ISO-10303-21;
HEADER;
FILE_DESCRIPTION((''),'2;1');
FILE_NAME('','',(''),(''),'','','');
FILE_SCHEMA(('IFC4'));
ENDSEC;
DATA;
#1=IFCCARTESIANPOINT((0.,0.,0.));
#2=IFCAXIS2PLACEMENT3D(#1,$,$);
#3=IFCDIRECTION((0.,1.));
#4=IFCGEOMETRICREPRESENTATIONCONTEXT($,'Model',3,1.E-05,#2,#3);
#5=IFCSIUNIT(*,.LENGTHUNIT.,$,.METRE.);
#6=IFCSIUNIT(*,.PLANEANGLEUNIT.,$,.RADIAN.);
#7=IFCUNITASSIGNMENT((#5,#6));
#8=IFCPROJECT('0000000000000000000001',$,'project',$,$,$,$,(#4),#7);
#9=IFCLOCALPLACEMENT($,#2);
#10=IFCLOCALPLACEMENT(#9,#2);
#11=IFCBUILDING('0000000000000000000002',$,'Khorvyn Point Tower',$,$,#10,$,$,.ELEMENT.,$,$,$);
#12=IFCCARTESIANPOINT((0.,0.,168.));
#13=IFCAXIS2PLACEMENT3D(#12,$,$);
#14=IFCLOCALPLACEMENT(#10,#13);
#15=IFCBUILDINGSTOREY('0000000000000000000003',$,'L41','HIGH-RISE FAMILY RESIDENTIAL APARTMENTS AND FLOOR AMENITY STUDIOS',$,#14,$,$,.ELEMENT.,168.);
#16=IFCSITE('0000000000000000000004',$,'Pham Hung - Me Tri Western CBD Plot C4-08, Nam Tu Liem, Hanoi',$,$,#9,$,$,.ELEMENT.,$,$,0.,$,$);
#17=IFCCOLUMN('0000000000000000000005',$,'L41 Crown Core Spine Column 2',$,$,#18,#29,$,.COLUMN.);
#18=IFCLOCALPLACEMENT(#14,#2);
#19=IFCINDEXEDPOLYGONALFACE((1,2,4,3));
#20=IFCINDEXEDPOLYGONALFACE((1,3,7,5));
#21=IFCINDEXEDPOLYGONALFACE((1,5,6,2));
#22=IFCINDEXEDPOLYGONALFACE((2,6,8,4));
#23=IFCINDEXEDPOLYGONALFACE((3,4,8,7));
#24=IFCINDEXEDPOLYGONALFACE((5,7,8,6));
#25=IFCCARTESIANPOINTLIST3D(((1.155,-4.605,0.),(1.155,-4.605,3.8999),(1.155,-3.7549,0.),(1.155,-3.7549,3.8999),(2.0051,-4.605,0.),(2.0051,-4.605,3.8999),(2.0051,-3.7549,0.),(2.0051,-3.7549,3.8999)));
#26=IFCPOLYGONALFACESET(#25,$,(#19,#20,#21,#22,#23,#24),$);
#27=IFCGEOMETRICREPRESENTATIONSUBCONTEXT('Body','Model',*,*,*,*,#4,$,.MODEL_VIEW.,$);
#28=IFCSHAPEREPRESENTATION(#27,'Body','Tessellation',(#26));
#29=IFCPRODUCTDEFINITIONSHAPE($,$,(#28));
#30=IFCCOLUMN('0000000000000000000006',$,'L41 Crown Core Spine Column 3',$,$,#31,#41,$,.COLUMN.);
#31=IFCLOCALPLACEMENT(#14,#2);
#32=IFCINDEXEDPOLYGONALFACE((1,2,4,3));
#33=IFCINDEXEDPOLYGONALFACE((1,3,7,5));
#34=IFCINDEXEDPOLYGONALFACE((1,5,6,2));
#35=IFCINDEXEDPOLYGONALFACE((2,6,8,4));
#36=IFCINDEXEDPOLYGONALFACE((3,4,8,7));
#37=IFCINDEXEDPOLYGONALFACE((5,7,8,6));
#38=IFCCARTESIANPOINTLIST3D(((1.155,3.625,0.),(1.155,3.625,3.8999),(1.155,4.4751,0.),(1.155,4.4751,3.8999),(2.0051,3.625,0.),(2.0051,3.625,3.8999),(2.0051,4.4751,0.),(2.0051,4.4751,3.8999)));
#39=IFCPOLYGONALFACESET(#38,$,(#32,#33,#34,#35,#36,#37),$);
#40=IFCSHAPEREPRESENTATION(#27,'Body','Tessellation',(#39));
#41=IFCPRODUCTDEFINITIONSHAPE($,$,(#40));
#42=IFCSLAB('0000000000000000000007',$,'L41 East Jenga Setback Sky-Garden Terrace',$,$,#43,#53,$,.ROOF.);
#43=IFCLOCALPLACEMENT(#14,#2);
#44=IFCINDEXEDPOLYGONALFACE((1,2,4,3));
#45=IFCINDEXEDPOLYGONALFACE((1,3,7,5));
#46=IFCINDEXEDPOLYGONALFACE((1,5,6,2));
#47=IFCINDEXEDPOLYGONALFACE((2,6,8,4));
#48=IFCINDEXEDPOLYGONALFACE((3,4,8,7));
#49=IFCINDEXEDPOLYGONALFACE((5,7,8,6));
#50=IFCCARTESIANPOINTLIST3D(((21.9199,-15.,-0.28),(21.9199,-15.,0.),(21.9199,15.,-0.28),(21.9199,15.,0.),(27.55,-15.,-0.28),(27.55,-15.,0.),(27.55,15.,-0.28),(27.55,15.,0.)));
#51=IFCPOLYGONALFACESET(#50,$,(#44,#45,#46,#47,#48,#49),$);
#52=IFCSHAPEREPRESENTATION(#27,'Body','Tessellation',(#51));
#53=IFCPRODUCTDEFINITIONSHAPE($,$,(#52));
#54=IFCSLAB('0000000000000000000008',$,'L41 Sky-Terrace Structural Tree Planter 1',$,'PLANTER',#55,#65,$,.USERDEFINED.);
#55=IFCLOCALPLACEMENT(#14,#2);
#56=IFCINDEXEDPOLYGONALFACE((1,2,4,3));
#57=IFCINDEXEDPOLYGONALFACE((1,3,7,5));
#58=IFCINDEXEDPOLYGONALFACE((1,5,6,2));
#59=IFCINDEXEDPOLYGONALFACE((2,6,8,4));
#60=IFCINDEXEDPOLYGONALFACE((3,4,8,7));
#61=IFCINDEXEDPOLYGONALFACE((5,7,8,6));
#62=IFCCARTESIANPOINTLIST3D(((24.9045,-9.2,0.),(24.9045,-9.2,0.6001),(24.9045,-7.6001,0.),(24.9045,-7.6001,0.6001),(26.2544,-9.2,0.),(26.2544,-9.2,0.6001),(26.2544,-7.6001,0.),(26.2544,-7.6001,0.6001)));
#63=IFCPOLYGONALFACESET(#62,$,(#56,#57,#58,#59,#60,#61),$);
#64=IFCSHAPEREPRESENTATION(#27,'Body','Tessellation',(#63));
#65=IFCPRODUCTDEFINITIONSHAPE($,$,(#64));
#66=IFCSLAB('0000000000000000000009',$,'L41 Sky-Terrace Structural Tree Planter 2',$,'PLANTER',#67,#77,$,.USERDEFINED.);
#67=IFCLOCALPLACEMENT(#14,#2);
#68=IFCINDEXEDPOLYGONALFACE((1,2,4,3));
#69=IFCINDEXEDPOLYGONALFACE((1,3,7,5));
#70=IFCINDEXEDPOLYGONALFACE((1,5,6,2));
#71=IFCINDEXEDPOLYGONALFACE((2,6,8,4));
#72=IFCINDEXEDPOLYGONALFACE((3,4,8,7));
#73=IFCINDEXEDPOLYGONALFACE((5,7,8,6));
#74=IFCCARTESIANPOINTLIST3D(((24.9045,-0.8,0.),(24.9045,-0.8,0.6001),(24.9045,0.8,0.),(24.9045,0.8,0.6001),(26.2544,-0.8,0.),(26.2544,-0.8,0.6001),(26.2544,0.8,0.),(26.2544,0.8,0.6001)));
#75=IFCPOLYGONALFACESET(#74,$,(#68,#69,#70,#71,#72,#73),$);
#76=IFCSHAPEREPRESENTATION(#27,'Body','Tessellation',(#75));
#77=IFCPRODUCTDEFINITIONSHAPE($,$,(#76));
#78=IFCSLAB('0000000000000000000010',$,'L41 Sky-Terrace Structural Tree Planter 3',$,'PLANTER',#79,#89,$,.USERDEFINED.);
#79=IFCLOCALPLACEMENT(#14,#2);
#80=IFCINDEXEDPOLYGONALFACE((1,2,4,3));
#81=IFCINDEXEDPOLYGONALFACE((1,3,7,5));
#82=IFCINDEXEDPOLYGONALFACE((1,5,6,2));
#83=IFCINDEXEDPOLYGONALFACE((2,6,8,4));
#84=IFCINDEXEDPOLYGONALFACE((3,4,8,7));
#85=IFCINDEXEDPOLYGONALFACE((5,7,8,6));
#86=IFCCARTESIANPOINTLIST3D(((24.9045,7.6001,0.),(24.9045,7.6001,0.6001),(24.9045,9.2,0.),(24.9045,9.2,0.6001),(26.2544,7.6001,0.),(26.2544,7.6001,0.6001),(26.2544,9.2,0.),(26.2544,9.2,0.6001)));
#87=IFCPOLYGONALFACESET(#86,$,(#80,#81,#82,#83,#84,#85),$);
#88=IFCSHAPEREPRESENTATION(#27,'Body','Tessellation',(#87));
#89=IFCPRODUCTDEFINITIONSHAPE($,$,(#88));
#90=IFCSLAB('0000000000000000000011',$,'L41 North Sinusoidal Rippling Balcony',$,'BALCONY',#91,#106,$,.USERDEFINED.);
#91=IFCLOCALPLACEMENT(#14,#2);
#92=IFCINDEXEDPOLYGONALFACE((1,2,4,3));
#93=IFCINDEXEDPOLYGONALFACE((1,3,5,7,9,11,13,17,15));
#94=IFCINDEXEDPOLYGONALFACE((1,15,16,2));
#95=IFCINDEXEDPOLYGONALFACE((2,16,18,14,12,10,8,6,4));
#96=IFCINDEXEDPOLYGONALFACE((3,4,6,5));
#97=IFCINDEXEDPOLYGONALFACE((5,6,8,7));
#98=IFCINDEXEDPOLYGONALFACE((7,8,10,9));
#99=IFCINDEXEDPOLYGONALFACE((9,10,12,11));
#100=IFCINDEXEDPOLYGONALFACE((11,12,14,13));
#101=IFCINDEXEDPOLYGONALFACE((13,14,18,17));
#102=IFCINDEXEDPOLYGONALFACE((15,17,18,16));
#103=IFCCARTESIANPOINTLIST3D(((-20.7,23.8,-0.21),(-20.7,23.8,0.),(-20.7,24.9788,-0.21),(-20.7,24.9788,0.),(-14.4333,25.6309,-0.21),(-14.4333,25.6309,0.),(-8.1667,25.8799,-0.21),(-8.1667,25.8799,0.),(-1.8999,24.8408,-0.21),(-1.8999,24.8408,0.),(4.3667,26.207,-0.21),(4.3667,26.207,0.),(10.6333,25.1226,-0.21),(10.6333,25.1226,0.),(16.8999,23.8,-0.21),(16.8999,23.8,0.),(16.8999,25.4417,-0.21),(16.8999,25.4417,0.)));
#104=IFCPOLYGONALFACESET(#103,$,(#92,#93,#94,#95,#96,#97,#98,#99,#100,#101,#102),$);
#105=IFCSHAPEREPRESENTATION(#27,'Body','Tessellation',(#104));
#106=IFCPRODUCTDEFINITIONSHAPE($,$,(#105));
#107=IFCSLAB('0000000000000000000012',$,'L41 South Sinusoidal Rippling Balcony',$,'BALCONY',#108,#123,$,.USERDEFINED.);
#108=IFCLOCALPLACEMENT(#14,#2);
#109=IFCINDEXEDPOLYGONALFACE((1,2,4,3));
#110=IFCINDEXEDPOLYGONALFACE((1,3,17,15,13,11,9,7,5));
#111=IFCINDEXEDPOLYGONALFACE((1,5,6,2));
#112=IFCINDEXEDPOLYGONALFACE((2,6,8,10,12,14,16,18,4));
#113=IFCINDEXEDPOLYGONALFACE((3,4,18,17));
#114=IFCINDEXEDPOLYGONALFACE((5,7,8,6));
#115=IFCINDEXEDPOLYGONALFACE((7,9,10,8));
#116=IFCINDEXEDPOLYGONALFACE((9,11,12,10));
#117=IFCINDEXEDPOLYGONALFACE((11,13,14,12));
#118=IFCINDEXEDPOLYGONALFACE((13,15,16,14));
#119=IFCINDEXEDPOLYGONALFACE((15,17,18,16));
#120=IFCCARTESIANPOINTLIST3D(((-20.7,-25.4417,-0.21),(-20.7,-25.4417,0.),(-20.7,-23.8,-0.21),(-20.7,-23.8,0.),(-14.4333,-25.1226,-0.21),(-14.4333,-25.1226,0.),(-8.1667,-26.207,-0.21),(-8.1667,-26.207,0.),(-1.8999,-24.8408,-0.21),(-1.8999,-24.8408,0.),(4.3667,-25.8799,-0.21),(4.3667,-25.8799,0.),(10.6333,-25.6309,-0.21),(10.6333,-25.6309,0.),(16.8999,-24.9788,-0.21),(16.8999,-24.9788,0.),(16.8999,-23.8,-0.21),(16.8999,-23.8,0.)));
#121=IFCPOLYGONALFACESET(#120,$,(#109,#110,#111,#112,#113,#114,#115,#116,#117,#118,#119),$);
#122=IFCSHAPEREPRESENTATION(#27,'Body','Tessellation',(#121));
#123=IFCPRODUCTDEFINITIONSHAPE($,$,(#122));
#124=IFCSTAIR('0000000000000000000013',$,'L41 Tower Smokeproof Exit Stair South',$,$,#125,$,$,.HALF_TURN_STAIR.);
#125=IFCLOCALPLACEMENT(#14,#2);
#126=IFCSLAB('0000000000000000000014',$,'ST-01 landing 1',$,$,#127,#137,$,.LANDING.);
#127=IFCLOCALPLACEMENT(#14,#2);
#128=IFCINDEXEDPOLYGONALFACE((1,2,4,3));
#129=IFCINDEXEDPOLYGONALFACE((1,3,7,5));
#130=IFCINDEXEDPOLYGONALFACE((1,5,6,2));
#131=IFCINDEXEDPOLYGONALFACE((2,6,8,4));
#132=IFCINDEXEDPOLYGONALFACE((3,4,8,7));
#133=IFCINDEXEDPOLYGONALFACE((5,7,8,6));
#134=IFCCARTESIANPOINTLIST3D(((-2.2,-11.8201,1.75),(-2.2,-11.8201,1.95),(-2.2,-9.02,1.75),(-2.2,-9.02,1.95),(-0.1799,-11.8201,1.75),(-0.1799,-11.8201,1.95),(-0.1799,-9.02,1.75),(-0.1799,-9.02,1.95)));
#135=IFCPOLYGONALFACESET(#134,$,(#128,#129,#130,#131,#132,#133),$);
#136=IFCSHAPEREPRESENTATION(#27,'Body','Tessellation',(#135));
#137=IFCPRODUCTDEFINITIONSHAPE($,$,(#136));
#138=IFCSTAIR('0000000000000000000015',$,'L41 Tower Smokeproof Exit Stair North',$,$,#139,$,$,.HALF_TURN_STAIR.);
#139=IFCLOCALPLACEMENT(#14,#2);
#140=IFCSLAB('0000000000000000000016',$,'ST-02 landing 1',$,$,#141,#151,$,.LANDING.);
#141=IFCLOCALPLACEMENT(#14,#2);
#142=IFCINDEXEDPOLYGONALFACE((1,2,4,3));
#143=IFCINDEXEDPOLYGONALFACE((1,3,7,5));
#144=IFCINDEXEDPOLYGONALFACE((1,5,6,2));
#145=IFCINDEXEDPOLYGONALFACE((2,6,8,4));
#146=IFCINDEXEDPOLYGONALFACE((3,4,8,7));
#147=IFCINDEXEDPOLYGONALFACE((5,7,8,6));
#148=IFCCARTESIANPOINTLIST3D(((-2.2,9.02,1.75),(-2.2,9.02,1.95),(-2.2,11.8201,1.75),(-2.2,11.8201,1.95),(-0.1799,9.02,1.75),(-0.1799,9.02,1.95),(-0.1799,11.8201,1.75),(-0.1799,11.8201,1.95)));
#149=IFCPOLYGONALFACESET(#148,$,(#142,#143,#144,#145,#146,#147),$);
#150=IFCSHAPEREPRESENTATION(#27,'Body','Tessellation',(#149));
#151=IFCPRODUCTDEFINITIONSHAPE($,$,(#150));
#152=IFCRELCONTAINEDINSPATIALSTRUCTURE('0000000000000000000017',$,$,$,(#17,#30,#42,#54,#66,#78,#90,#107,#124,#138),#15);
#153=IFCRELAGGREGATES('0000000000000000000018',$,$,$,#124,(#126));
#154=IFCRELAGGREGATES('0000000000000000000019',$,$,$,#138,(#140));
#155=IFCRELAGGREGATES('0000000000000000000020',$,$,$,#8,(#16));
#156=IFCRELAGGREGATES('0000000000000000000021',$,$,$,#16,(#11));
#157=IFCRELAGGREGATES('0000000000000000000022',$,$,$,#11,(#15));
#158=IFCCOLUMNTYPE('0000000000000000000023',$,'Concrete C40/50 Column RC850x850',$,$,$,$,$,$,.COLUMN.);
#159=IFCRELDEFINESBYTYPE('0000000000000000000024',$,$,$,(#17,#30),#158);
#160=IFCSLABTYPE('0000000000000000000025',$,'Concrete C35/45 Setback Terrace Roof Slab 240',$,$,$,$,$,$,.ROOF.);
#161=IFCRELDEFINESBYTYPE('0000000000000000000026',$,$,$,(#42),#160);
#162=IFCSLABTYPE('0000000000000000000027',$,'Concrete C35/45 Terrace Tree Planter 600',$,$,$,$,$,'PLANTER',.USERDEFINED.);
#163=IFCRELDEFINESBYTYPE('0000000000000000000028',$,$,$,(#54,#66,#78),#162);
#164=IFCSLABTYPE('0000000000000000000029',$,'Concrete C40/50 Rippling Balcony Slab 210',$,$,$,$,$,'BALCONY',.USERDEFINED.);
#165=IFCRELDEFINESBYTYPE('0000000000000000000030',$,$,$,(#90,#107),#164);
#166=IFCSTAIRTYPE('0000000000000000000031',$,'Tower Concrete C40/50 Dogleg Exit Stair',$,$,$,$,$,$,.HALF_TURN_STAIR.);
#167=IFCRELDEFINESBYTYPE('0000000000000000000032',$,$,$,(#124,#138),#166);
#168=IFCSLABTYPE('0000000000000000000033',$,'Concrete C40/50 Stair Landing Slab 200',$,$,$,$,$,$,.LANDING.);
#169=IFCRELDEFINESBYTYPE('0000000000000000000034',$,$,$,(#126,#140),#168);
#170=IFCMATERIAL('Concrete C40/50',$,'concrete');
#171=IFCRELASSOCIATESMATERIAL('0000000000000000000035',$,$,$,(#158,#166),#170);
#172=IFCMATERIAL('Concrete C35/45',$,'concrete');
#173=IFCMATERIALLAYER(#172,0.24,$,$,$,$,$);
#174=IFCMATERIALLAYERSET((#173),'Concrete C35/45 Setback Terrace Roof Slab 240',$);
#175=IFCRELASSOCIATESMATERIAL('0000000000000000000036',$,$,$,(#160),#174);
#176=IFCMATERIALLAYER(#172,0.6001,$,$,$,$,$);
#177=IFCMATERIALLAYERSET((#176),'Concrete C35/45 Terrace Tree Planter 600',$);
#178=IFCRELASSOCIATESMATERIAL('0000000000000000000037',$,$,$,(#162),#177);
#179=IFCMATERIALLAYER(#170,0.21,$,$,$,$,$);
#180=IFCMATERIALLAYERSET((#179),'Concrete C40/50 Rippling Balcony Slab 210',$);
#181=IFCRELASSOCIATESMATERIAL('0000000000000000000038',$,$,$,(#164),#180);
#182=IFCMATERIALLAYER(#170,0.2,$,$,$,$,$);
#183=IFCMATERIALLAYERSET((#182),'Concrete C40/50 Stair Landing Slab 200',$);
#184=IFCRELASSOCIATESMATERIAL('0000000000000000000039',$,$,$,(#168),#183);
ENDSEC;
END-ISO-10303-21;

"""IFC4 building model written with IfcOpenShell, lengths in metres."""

from ifc_helpers import new_model, si_unit, direction, frame, origin, origin_2d, place, context, subcontext, project, spatial, polyline, rectangle, outline, extrude, material, layer, layer_set, material_profile, profile_set, type_object, element, aggregate, save


model = new_model("IFC4")

# Units and contexts
model_context = context("Model", 3, precision=1e-05, world=origin(), true_north=direction((0.0, 1.0)))
body_context = subcontext(model_context, "Body", "Model", "MODEL_VIEW")
ifc_project = project(units=[si_unit("LENGTHUNIT", "METRE"), si_unit("PLANEANGLEUNIT", "RADIAN")], contexts=[model_context])

# Site, building, storey
site_placement = place(None, origin())
site = spatial("IfcSite", under=ifc_project, at=site_placement, Name="Pham Hung - Me Tri Western CBD Plot C4-08, Nam Tu Liem, Hanoi", CompositionType="ELEMENT", RefElevation=0.0)
building_placement = place(site_placement, origin())
building = spatial("IfcBuilding", under=site, at=building_placement, Name="Khorvyn Point Tower", CompositionType="ELEMENT")
storey_placement = place(building_placement, frame((0.0, 0.0, 168.0)))
storey = spatial("IfcBuildingStorey", under=building, at=storey_placement, Name="L41", Description="HIGH-RISE FAMILY RESIDENTIAL APARTMENTS AND FLOOR AMENITY STUDIOS", CompositionType="ELEMENT", Elevation=168.0)

# Columns
ifc_material_1 = material(Name="Concrete C40/50", Category="concrete")
ifc_material_profile = material_profile(ifc_material_1, rectangle(XDim=0.8501, YDim=0.8501, at=origin_2d()))
ifc_profile_set = profile_set([ifc_material_profile], Name="Concrete C40/50 RC850x850")
column_type = type_object("IfcColumnType", Name="Concrete C40/50 Column RC850x850", PredefinedType="COLUMN", material=ifc_profile_set)
for number, where, z_axis, x_axis, name in (
    (1, (1.5801, -4.1799, 0.0), (0.0, 0.0, 1.0), (1.0, 0.0, 0.0), "L41 Crown Core Spine Column 2"),
    (2, (1.5801, 4.05, 0.0), (0.0, 0.0, 1.0), (1.0, 0.0, 0.0), "L41 Crown Core Spine Column 3"),
):
    element("IfcColumn", number, at=place(storey_placement, frame(where, z_axis=z_axis, x_axis=x_axis)), inside=storey, type_object=column_type, Name=name, PredefinedType="COLUMN", context=body_context, shape_type="SweptSolid", body=[
        extrude(rectangle(XDim=0.8501, YDim=0.8501, at=origin_2d()), origin(), (0.0, 0.0, 1.0), 3.8999),
    ])

# Slabs
ifc_material_2 = material(Name="Concrete C35/45", Category="concrete")
ifc_layer_1 = layer(ifc_material_2, 0.24)
ifc_layer_set_1 = layer_set([ifc_layer_1], Name="Concrete C35/45 Setback Terrace Roof Slab 240")
slab_type_1 = type_object("IfcSlabType", Name="Concrete C35/45 Setback Terrace Roof Slab 240", PredefinedType="ROOF", material=ifc_layer_set_1)
slab_1_placement = place(storey_placement, frame((0.0, 0.0, -0.28)))
element("IfcSlab", 3, at=slab_1_placement, inside=storey, type_object=slab_type_1, Name="L41 East Jenga Setback Sky-Garden Terrace", PredefinedType="ROOF", context=body_context, shape_type="SweptSolid", body=[
    extrude(outline(polyline([(21.9199, -15.0), (27.55, -15.0), (27.55, 15.0), (21.9199, 15.0), (21.9199, -15.0)])), origin(), (0.0, 0.0, 1.0), 0.28),
])
ifc_layer_2 = layer(ifc_material_2, 0.6001)
ifc_layer_set_2 = layer_set([ifc_layer_2], Name="Concrete C35/45 Terrace Tree Planter 600")
slab_type_2 = type_object("IfcSlabType", Name="Concrete C35/45 Terrace Tree Planter 600", ElementType="PLANTER", PredefinedType="USERDEFINED", material=ifc_layer_set_2)
slab_2_placement = place(storey_placement, origin())
element("IfcSlab", 4, at=slab_2_placement, inside=storey, type_object=slab_type_2, Name="L41 Sky-Terrace Structural Tree Planter 1", ObjectType="PLANTER", PredefinedType="USERDEFINED", context=body_context, shape_type="SweptSolid", body=[
    extrude(outline(polyline([(24.9045, -9.2), (26.2544, -9.2), (26.2544, -7.6001), (24.9045, -7.6001), (24.9045, -9.2)])), origin(), (0.0, 0.0, 1.0), 0.6001),
])
slab_3_placement = place(storey_placement, origin())
element("IfcSlab", 5, at=slab_3_placement, inside=storey, type_object=slab_type_2, Name="L41 Sky-Terrace Structural Tree Planter 2", ObjectType="PLANTER", PredefinedType="USERDEFINED", context=body_context, shape_type="SweptSolid", body=[
    extrude(outline(polyline([(24.9045, -0.8), (26.2544, -0.8), (26.2544, 0.8), (24.9045, 0.8), (24.9045, -0.8)])), origin(), (0.0, 0.0, 1.0), 0.6001),
])
slab_4_placement = place(storey_placement, origin())
element("IfcSlab", 6, at=slab_4_placement, inside=storey, type_object=slab_type_2, Name="L41 Sky-Terrace Structural Tree Planter 3", ObjectType="PLANTER", PredefinedType="USERDEFINED", context=body_context, shape_type="SweptSolid", body=[
    extrude(outline(polyline([(24.9045, 7.6001), (26.2544, 7.6001), (26.2544, 9.2), (24.9045, 9.2), (24.9045, 7.6001)])), origin(), (0.0, 0.0, 1.0), 0.6001),
])
ifc_layer_3 = layer(ifc_material_1, 0.21)
ifc_layer_set_3 = layer_set([ifc_layer_3], Name="Concrete C40/50 Rippling Balcony Slab 210")
slab_type_3 = type_object("IfcSlabType", Name="Concrete C40/50 Rippling Balcony Slab 210", ElementType="BALCONY", PredefinedType="USERDEFINED", material=ifc_layer_set_3)
slab_5_placement = place(storey_placement, frame((0.0, 0.0, -0.21)))
element("IfcSlab", 7, at=slab_5_placement, inside=storey, type_object=slab_type_3, Name="L41 North Sinusoidal Rippling Balcony", ObjectType="BALCONY", PredefinedType="USERDEFINED", context=body_context, shape_type="SweptSolid", body=[
    extrude(outline(polyline([(16.8999, 23.8), (16.8999, 25.4417), (10.6333, 25.1226), (4.3667, 26.207), (-1.8999, 24.8408), (-8.1667, 25.8799), (-14.4333, 25.6309), (-20.7, 24.9788), (-20.7, 23.8), (16.8999, 23.8)])), origin(), (0.0, 0.0, 1.0), 0.21),
])
slab_6_placement = place(storey_placement, frame((0.0, 0.0, -0.21)))
element("IfcSlab", 8, at=slab_6_placement, inside=storey, type_object=slab_type_3, Name="L41 South Sinusoidal Rippling Balcony", ObjectType="BALCONY", PredefinedType="USERDEFINED", context=body_context, shape_type="SweptSolid", body=[
    extrude(outline(polyline([(-20.7, -23.8), (-20.7, -25.4417), (-14.4333, -25.1226), (-8.1667, -26.207), (-1.8999, -24.8408), (4.3667, -25.8799), (10.6333, -25.6309), (16.8999, -24.9788), (16.8999, -23.8), (-20.7, -23.8)])), origin(), (0.0, 0.0, 1.0), 0.21),
])

# Stairs, slabs
stair_type = type_object("IfcStairType", Name="Tower Concrete C40/50 Dogleg Exit Stair", PredefinedType="HALF_TURN_STAIR", material=ifc_material_1)
stair_1_placement = place(storey_placement, origin())
stair_1 = element("IfcStair", 9, at=stair_1_placement, inside=storey, type_object=stair_type, Name="L41 Tower Smokeproof Exit Stair South", PredefinedType="HALF_TURN_STAIR")
ifc_layer_4 = layer(ifc_material_1, 0.2)
ifc_layer_set_4 = layer_set([ifc_layer_4], Name="Concrete C40/50 Stair Landing Slab 200")
slab_type_4 = type_object("IfcSlabType", Name="Concrete C40/50 Stair Landing Slab 200", PredefinedType="LANDING", material=ifc_layer_set_4)
slab_7_placement = place(storey_placement, frame((0.0, 0.0, 1.75)))
slab_7 = element("IfcSlab", 10, at=slab_7_placement, type_object=slab_type_4, Name="ST-01 landing 1", PredefinedType="LANDING", context=body_context, shape_type="SweptSolid", body=[
    extrude(outline(polyline([(-0.1799, -9.02), (-2.2, -9.02), (-2.2, -11.8201), (-0.1799, -11.8201), (-0.1799, -9.02)])), origin(), (0.0, 0.0, 1.0), 0.2),
])
aggregate(stair_1, [slab_7])
stair_2_placement = place(storey_placement, origin())
stair_2 = element("IfcStair", 11, at=stair_2_placement, inside=storey, type_object=stair_type, Name="L41 Tower Smokeproof Exit Stair North", PredefinedType="HALF_TURN_STAIR")
slab_8_placement = place(storey_placement, frame((0.0, 0.0, 1.75)))
slab_8 = element("IfcSlab", 12, at=slab_8_placement, type_object=slab_type_4, Name="ST-02 landing 1", PredefinedType="LANDING", context=body_context, shape_type="SweptSolid", body=[
    extrude(outline(polyline([(-0.1799, 11.8201), (-2.2, 11.8201), (-2.2, 9.02), (-0.1799, 9.02), (-0.1799, 11.8201)])), origin(), (0.0, 0.0, 1.0), 0.2),
])

aggregate(stair_2, [slab_8])

save(model, "model.ifc")
